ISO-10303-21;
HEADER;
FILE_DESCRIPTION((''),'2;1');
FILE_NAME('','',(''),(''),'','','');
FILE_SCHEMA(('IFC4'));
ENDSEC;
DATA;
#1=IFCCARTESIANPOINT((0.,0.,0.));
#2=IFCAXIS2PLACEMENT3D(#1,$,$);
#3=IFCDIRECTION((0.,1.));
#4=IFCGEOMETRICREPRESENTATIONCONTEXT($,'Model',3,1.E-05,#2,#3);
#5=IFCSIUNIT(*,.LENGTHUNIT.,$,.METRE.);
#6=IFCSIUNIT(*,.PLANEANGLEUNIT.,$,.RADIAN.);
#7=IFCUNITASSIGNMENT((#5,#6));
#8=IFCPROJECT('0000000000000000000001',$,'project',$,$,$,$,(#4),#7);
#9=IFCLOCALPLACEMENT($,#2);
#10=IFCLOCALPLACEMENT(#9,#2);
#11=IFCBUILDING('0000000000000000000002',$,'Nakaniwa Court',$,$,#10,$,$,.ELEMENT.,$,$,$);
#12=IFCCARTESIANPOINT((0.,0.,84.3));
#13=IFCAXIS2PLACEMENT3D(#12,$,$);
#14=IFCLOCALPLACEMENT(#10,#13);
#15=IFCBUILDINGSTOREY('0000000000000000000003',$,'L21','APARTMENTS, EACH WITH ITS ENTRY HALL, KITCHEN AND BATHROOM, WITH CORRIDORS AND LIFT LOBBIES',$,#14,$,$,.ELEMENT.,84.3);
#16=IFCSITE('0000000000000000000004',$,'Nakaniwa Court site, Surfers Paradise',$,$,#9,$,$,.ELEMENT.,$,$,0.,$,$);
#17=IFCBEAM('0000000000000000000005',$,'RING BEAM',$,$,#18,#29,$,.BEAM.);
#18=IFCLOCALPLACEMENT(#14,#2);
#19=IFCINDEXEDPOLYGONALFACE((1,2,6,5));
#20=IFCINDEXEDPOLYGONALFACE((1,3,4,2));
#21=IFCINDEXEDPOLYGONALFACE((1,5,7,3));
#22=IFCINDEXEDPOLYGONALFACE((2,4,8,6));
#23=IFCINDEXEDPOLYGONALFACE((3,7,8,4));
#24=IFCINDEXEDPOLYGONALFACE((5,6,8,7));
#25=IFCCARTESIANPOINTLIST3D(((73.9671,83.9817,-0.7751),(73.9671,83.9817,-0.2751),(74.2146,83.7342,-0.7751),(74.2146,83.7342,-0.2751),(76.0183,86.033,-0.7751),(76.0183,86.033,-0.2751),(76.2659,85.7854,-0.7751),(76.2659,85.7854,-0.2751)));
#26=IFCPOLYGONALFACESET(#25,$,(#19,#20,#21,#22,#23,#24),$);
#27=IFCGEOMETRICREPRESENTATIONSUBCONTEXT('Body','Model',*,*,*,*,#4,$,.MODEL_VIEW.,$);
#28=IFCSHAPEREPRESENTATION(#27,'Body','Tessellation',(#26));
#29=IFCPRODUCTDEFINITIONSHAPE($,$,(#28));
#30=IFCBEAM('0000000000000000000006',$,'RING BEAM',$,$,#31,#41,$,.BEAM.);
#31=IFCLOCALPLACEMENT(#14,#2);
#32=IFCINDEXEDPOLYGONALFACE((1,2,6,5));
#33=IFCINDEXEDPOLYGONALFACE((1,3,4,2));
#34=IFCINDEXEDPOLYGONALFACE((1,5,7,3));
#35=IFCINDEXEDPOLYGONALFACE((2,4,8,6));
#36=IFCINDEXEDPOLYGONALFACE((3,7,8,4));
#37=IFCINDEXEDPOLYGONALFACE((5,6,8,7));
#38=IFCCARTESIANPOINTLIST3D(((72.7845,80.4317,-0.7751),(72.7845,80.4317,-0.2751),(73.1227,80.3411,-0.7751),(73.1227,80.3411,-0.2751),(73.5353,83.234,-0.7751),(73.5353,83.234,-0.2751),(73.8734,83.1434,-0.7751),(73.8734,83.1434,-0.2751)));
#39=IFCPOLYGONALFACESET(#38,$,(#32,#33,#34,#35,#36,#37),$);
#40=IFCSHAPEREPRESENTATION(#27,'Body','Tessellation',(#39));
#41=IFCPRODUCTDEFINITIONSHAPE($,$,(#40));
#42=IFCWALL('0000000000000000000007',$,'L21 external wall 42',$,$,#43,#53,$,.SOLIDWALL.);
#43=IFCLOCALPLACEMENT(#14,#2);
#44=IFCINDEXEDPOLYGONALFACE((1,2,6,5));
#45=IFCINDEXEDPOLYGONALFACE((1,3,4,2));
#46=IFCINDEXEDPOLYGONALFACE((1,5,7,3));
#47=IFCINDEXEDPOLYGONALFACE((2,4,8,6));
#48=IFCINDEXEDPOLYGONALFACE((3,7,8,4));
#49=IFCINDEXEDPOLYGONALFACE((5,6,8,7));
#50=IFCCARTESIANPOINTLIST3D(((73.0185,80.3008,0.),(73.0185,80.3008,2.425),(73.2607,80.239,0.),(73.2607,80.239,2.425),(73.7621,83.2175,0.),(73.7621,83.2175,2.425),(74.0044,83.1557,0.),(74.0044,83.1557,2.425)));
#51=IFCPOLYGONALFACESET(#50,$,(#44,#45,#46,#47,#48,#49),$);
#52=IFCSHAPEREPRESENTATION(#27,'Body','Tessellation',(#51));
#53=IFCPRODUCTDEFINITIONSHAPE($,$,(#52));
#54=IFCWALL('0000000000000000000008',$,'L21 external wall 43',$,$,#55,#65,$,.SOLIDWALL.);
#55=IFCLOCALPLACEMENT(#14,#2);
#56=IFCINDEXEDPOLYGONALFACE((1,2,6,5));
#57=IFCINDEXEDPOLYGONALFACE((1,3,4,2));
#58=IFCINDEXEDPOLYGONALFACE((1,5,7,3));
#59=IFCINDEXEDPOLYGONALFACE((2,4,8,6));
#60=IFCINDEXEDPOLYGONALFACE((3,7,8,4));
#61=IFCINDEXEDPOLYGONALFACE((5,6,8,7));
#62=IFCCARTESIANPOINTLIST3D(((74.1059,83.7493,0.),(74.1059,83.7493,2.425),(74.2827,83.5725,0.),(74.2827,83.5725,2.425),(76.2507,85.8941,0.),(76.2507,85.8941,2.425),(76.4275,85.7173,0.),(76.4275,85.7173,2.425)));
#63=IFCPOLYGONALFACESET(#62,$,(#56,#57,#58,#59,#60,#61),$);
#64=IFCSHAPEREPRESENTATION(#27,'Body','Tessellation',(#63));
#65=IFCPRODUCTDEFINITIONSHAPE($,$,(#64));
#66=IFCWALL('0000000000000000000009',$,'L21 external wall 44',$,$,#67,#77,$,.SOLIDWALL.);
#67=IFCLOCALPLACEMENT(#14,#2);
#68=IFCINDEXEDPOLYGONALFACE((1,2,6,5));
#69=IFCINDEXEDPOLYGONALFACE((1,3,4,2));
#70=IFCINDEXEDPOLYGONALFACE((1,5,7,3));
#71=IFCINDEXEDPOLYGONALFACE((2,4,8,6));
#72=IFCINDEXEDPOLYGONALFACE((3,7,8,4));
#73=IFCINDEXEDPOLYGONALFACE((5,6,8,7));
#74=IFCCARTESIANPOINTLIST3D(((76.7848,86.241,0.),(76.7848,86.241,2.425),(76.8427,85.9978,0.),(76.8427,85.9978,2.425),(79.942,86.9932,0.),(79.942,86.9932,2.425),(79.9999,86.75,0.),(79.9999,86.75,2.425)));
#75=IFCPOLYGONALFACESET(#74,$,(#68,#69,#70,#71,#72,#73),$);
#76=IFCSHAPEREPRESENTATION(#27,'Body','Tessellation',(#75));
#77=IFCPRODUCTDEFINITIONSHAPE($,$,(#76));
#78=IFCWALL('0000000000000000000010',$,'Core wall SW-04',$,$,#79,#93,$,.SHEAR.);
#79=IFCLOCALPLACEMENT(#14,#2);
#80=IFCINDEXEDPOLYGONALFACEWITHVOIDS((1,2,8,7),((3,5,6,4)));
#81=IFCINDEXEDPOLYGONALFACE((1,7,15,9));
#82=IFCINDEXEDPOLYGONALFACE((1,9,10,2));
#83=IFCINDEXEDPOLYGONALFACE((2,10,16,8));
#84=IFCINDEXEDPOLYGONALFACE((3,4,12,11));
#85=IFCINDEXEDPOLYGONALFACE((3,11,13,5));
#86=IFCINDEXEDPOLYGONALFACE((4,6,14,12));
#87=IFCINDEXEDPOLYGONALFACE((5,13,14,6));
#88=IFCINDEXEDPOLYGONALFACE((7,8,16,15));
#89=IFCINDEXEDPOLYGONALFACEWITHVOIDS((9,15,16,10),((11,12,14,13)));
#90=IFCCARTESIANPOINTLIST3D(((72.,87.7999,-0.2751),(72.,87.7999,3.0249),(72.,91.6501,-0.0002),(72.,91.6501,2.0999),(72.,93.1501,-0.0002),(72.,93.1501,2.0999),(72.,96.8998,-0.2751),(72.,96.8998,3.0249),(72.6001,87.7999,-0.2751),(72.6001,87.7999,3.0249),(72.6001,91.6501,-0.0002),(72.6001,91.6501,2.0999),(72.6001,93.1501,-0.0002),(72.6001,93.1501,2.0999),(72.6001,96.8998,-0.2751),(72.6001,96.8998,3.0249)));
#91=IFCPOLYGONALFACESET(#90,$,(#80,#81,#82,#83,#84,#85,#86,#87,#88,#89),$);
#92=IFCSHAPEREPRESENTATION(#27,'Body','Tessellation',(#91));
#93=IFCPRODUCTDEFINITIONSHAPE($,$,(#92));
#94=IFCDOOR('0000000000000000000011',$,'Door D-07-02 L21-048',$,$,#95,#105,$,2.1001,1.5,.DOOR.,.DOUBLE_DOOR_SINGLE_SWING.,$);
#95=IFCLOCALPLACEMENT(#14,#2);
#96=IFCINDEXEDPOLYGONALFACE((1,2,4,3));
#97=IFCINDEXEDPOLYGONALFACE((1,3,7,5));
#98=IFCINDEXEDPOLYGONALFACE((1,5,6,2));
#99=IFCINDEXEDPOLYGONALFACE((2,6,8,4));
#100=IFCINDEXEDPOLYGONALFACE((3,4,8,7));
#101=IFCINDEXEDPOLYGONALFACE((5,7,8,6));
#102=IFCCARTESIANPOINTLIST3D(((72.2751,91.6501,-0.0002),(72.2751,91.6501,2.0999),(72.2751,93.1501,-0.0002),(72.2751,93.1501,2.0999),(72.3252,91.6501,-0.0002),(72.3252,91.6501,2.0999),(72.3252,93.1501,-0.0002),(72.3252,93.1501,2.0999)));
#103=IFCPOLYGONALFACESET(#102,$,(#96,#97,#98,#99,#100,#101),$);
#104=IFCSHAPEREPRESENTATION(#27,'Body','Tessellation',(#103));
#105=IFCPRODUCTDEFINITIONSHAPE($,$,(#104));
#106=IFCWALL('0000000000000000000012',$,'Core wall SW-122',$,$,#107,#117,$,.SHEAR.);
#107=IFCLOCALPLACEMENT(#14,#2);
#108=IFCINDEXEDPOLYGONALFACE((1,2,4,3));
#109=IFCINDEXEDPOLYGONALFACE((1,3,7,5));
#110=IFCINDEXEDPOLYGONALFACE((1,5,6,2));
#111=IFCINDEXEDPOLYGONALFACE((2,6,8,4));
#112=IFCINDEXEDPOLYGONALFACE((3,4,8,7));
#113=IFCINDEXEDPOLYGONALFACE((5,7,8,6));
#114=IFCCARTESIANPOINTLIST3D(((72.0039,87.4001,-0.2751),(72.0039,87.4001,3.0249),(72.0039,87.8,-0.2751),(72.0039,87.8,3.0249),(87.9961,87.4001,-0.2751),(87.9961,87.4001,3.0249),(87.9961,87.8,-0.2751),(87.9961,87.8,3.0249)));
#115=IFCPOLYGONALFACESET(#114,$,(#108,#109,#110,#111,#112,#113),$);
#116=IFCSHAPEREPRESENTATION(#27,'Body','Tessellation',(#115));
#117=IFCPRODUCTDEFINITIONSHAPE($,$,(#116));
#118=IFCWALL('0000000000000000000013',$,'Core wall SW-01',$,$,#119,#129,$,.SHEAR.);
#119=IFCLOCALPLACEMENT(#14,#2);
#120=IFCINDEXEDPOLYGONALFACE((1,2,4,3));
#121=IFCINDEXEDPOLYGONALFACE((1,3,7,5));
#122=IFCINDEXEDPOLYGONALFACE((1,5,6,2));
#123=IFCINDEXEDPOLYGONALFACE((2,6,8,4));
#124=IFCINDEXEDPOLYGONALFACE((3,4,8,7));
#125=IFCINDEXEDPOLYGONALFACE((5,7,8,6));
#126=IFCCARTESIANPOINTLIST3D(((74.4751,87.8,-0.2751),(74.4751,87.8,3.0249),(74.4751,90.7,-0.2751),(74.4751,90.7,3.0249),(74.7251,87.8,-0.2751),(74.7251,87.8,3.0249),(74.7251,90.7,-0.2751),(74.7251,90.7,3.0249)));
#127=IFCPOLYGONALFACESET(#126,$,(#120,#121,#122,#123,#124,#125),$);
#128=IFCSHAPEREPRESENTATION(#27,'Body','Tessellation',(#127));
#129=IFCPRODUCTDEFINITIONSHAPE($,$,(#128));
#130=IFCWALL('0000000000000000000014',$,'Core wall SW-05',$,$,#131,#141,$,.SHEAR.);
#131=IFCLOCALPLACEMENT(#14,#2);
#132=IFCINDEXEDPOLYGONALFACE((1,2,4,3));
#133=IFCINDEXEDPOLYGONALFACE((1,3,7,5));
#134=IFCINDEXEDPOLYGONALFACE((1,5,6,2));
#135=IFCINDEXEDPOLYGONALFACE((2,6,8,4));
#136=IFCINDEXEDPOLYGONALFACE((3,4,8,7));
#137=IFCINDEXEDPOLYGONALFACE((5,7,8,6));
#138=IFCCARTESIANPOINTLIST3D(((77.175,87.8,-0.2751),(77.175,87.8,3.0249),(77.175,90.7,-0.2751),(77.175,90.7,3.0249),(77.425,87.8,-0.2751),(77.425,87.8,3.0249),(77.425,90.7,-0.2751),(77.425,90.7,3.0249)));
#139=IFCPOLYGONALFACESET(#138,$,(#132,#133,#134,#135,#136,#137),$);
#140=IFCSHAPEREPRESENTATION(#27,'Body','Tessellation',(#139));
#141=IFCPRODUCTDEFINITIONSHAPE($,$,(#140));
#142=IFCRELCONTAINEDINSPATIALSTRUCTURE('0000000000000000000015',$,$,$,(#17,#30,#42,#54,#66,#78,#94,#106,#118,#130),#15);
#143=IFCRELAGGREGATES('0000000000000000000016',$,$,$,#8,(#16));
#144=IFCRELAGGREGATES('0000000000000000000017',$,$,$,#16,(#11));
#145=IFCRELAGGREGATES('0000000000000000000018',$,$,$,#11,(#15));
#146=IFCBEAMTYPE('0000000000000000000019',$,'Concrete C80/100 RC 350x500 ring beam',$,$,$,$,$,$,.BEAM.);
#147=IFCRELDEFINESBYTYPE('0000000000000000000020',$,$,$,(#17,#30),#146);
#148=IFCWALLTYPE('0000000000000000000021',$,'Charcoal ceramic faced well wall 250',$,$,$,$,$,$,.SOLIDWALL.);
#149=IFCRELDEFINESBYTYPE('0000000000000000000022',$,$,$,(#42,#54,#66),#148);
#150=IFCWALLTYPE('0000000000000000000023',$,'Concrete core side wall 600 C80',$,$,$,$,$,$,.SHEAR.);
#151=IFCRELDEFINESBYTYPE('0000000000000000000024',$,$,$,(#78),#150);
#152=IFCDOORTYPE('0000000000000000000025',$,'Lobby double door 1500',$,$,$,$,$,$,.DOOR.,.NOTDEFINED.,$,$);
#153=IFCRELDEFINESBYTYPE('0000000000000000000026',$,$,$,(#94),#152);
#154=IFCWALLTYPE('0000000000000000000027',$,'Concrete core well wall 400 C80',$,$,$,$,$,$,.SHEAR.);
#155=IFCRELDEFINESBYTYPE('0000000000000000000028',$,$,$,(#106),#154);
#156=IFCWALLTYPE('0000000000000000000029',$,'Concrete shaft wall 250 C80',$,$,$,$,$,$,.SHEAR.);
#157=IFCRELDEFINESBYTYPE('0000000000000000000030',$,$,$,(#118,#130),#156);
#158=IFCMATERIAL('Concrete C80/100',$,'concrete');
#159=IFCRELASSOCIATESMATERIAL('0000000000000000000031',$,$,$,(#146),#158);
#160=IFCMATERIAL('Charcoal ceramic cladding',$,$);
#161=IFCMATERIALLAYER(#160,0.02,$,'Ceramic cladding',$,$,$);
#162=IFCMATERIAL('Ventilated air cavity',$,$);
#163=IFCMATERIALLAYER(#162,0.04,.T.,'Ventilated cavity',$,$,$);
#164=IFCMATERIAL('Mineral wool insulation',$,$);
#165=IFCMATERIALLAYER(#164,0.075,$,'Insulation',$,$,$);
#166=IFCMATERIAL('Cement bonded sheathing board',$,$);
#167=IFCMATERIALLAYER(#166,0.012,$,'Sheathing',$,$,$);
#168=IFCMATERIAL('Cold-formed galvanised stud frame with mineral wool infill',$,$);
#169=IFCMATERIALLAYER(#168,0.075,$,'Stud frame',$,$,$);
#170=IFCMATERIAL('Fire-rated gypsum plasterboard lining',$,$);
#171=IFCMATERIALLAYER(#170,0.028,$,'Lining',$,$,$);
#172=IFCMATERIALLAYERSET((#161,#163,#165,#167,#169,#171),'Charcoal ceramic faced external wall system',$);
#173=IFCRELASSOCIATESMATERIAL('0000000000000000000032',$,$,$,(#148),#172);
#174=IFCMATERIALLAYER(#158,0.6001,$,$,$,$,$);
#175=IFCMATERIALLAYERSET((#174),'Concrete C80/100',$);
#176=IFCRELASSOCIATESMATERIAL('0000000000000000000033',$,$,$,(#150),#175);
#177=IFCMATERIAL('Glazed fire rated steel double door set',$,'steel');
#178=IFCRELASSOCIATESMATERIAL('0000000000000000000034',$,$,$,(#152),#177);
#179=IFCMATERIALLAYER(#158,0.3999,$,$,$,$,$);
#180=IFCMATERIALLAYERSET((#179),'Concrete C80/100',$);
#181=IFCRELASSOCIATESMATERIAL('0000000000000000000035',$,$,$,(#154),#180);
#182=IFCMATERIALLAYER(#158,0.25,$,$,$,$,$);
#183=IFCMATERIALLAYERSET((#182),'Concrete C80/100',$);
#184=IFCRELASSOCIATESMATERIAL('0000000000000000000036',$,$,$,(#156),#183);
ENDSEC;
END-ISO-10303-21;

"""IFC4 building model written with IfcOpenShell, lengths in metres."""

from ifc_helpers import new_model, si_unit, direction, frame, frame_2d, origin, origin_2d, place, context, subcontext, project, spatial, rectangle, extrude, material, layer, layer_set, material_profile, profile_set, type_object, element, fill, save


model = new_model("IFC4")

# Units and contexts
model_context = context("Model", 3, precision=1e-05, world=origin(), true_north=direction((0.0, 1.0)))
body_context = subcontext(model_context, "Body", "Model", "MODEL_VIEW")
ifc_project = project(units=[si_unit("LENGTHUNIT", "METRE"), si_unit("PLANEANGLEUNIT", "RADIAN")], contexts=[model_context])

# Site, building, storey
site_placement = place(None, origin())
site = spatial("IfcSite", under=ifc_project, at=site_placement, Name="Nakaniwa Court site, Surfers Paradise", CompositionType="ELEMENT", RefElevation=0.0)
building_placement = place(site_placement, origin())
building = spatial("IfcBuilding", under=site, at=building_placement, Name="Nakaniwa Court", CompositionType="ELEMENT")
storey_placement = place(building_placement, frame((0.0, 0.0, 84.3)))
storey = spatial("IfcBuildingStorey", under=building, at=storey_placement, Name="L21", Description="APARTMENTS, EACH WITH ITS ENTRY HALL, KITCHEN AND BATHROOM, WITH CORRIDORS AND LIFT LOBBIES", CompositionType="ELEMENT", Elevation=84.3)

# Shared definitions
ifc_material_1 = material(Name="Concrete C80/100", Category="concrete")

# Beams
ifc_material_profile_1 = material_profile(ifc_material_1, rectangle(XDim=0.3501, YDim=0.5, at=origin_2d()), Name="Concrete C80/100 RC 350x500 ring beam")
ifc_profile_set_1 = profile_set([ifc_material_profile_1], Name="Concrete C80/100")
beam_type = type_object("IfcBeamType", Name="Concrete C80/100 RC 350x500 ring beam", PredefinedType="BEAM", material=ifc_profile_set_1)
beam_1_placement = place(storey_placement, frame((76.1421, 85.9092, -0.5251), z_axis=(-0.707107, -0.707107, 0.0), x_axis=(0.707107, -0.707107, 0.0)))
element("IfcBeam", 1, at=beam_1_placement, inside=storey, type_object=beam_type, Name="RING BEAM", PredefinedType="BEAM", context=body_context, shape_type="SweptSolid", body=[
    extrude(rectangle(XDim=0.3501, YDim=0.5, at=origin_2d()), origin(), (0.0, 0.0, 1.0), 2.9009),
])
beam_2_placement = place(storey_placement, frame((73.7043, 83.1887, -0.5251), z_axis=(-0.258778, -0.965937, 0.0), x_axis=(0.965937, -0.258778, 0.0)))
element("IfcBeam", 2, at=beam_2_placement, inside=storey, type_object=beam_type, Name="RING BEAM", PredefinedType="BEAM", context=body_context, shape_type="SweptSolid", body=[
    extrude(rectangle(XDim=0.3501, YDim=0.5, at=origin_2d()), origin(), (0.0, 0.0, 1.0), 2.9011),
])

# Walls
ifc_material_2 = material(Name="Charcoal ceramic cladding")
ifc_layer_1 = layer(ifc_material_2, 0.02, Name="Ceramic cladding")
ifc_material_3 = material(Name="Ventilated air cavity")
ifc_layer_2 = layer(ifc_material_3, 0.04, ventilated=True, Name="Ventilated cavity")
ifc_material_4 = material(Name="Mineral wool insulation")
ifc_layer_3 = layer(ifc_material_4, 0.075, Name="Insulation")
ifc_material_5 = material(Name="Cement bonded sheathing board")
ifc_layer_4 = layer(ifc_material_5, 0.012, Name="Sheathing")
ifc_material_6 = material(Name="Cold-formed galvanised stud frame with mineral wool infill")
ifc_layer_5 = layer(ifc_material_6, 0.075, Name="Stud frame")
ifc_material_7 = material(Name="Fire-rated gypsum plasterboard lining")
ifc_layer_6 = layer(ifc_material_7, 0.028, Name="Lining")
ifc_layer_set_1 = layer_set([ifc_layer_1, ifc_layer_2, ifc_layer_3, ifc_layer_4, ifc_layer_5, ifc_layer_6], Name="Charcoal ceramic faced external wall system")
wall_type_1 = type_object("IfcWallType", Name="Charcoal ceramic faced well wall 250", PredefinedType="SOLIDWALL", material=ifc_layer_set_1)
wall_1_placement = place(storey_placement, frame((73.1396, 80.27, 0.0), z_axis=(0.0, 0.0, 1.0), x_axis=(0.247056, 0.969001, 0.0)))
element("IfcWall", 3, at=wall_1_placement, inside=storey, type_object=wall_type_1, Name="L21 external wall 42", PredefinedType="SOLIDWALL", context=body_context, shape_type="SweptSolid", body=[
    extrude(rectangle(XDim=3.01, YDim=0.25, at=frame_2d((1.5049, 0.0))), origin(), (0.0, 0.0, 1.0), 2.425),
])
wall_2_placement = place(storey_placement, frame((74.1943, 83.6609, 0.0), z_axis=(0.0, 0.0, 1.0), x_axis=(0.707107, 0.707107, 0.0)))
element("IfcWall", 4, at=wall_2_placement, inside=storey, type_object=wall_type_1, Name="L21 external wall 43", PredefinedType="SOLIDWALL", context=body_context, shape_type="SweptSolid", body=[
    extrude(rectangle(XDim=3.0332, YDim=0.25, at=frame_2d((1.5166, 0.0))), origin(), (0.0, 0.0, 1.0), 2.425),
])
wall_3_placement = place(storey_placement, frame((76.8137, 86.1194, 0.0), z_axis=(0.0, 0.0, 1.0), x_axis=(0.972773, 0.23176, 0.0)))
element("IfcWall", 5, at=wall_3_placement, inside=storey, type_object=wall_type_1, Name="L21 external wall 44", PredefinedType="SOLIDWALL", context=body_context, shape_type="SweptSolid", body=[
    extrude(rectangle(XDim=3.2456, YDim=0.25, at=frame_2d((1.6228, 0.0))), origin(), (0.0, 0.0, 1.0), 2.425),
])

# Wall, opening, door
ifc_layer_7 = layer(ifc_material_1, 0.6001)
ifc_layer_set_2 = layer_set([ifc_layer_7], Name="Concrete C80/100")
wall_type_2 = type_object("IfcWallType", Name="Concrete core side wall 600 C80", PredefinedType="SHEAR", material=ifc_layer_set_2)
wall_4_placement = place(storey_placement, frame((72.3, 87.8, -0.2751), z_axis=(0.0, 0.0, 1.0), x_axis=(0.0, 1.0, 0.0)))
wall_4 = element("IfcWall", 6, at=wall_4_placement, inside=storey, type_object=wall_type_2, Name="Core wall SW-04", PredefinedType="SHEAR", context=body_context, shape_type="SweptSolid", body=[
    extrude(rectangle(XDim=9.0999, YDim=0.6001, at=frame_2d((4.5498, 0.0))), origin(), (0.0, 0.0, 1.0), 3.3),
])
opening_placement = place(wall_4_placement, frame((3.8501, 0.0, 0.2749)))
opening = element("IfcOpeningElement", 7, at=opening_placement, cuts=wall_4, PredefinedType="OPENING", context=body_context, shape_type="SweptSolid", body=[
    extrude(rectangle(XDim=1.5, YDim=2.1001, at=frame_2d((0.75, 1.05))), frame((0.0, 0.3101, 0.0), z_axis=(0.0, -1.0, 0.0), x_axis=(1.0, 0.0, 0.0)), (0.0, 0.0, 1.0), 0.6201),
])
ifc_material_8 = material(Name="Glazed fire rated steel double door set", Category="steel")
door_type = type_object("IfcDoorType", Name="Lobby double door 1500", OperationType="NOTDEFINED", PredefinedType="DOOR", material=ifc_material_8)
door_placement = place(opening_placement, origin())
door = element("IfcDoor", 8, at=door_placement, inside=storey, type_object=door_type, Name="Door D-07-02 L21-048", OperationType="DOUBLE_DOOR_SINGLE_SWING", OverallHeight=2.1001, OverallWidth=1.5, PredefinedType="DOOR", context=body_context, shape_type="SweptSolid", body=[
    extrude(rectangle(XDim=1.5, YDim=2.1001, at=frame_2d((0.75, 1.05))), frame((0.0, 0.0249, 0.0), z_axis=(0.0, -1.0, 0.0), x_axis=(1.0, 0.0, 0.0)), (0.0, 0.0, 1.0), 0.05),
])
fill(opening, door)

# Walls
ifc_layer_8 = layer(ifc_material_1, 0.3999)
ifc_layer_set_3 = layer_set([ifc_layer_8], Name="Concrete C80/100")
wall_type_3 = type_object("IfcWallType", Name="Concrete core well wall 400 C80", PredefinedType="SHEAR", material=ifc_layer_set_3)
wall_5_placement = place(storey_placement, frame((72.0039, 87.6001, -0.2751), z_axis=(0.0, 0.0, 1.0), x_axis=(1.0, 0.0, 0.0)))
element("IfcWall", 9, at=wall_5_placement, inside=storey, type_object=wall_type_3, Name="Core wall SW-122", PredefinedType="SHEAR", context=body_context, shape_type="SweptSolid", body=[
    extrude(rectangle(XDim=15.9922, YDim=0.3999, at=frame_2d((7.9961, 0.0))), origin(), (0.0, 0.0, 1.0), 3.3),
])
ifc_layer_9 = layer(ifc_material_1, 0.25)
ifc_layer_set_4 = layer_set([ifc_layer_9], Name="Concrete C80/100")
wall_type_4 = type_object("IfcWallType", Name="Concrete shaft wall 250 C80", PredefinedType="SHEAR", material=ifc_layer_set_4)
for number, where, z_axis, x_axis, name in (
    (10, (74.6001, 87.8, -0.2751), (0.0, 0.0, 1.0), (0.0, 1.0, 0.0), "Core wall SW-01"),
    (11, (77.3, 87.8, -0.2751), (0.0, 0.0, 1.0), (0.0, 1.0, 0.0), "Core wall SW-05"),
):
    element("IfcWall", number, at=place(storey_placement, frame(where, z_axis=z_axis, x_axis=x_axis)), inside=storey, type_object=wall_type_4, Name=name, PredefinedType="SHEAR", context=body_context, shape_type="SweptSolid", body=[
        extrude(rectangle(XDim=2.8999, YDim=0.25, at=frame_2d((1.45, 0.0))), origin(), (0.0, 0.0, 1.0), 3.3),
    ])

save(model, "model.ifc")
